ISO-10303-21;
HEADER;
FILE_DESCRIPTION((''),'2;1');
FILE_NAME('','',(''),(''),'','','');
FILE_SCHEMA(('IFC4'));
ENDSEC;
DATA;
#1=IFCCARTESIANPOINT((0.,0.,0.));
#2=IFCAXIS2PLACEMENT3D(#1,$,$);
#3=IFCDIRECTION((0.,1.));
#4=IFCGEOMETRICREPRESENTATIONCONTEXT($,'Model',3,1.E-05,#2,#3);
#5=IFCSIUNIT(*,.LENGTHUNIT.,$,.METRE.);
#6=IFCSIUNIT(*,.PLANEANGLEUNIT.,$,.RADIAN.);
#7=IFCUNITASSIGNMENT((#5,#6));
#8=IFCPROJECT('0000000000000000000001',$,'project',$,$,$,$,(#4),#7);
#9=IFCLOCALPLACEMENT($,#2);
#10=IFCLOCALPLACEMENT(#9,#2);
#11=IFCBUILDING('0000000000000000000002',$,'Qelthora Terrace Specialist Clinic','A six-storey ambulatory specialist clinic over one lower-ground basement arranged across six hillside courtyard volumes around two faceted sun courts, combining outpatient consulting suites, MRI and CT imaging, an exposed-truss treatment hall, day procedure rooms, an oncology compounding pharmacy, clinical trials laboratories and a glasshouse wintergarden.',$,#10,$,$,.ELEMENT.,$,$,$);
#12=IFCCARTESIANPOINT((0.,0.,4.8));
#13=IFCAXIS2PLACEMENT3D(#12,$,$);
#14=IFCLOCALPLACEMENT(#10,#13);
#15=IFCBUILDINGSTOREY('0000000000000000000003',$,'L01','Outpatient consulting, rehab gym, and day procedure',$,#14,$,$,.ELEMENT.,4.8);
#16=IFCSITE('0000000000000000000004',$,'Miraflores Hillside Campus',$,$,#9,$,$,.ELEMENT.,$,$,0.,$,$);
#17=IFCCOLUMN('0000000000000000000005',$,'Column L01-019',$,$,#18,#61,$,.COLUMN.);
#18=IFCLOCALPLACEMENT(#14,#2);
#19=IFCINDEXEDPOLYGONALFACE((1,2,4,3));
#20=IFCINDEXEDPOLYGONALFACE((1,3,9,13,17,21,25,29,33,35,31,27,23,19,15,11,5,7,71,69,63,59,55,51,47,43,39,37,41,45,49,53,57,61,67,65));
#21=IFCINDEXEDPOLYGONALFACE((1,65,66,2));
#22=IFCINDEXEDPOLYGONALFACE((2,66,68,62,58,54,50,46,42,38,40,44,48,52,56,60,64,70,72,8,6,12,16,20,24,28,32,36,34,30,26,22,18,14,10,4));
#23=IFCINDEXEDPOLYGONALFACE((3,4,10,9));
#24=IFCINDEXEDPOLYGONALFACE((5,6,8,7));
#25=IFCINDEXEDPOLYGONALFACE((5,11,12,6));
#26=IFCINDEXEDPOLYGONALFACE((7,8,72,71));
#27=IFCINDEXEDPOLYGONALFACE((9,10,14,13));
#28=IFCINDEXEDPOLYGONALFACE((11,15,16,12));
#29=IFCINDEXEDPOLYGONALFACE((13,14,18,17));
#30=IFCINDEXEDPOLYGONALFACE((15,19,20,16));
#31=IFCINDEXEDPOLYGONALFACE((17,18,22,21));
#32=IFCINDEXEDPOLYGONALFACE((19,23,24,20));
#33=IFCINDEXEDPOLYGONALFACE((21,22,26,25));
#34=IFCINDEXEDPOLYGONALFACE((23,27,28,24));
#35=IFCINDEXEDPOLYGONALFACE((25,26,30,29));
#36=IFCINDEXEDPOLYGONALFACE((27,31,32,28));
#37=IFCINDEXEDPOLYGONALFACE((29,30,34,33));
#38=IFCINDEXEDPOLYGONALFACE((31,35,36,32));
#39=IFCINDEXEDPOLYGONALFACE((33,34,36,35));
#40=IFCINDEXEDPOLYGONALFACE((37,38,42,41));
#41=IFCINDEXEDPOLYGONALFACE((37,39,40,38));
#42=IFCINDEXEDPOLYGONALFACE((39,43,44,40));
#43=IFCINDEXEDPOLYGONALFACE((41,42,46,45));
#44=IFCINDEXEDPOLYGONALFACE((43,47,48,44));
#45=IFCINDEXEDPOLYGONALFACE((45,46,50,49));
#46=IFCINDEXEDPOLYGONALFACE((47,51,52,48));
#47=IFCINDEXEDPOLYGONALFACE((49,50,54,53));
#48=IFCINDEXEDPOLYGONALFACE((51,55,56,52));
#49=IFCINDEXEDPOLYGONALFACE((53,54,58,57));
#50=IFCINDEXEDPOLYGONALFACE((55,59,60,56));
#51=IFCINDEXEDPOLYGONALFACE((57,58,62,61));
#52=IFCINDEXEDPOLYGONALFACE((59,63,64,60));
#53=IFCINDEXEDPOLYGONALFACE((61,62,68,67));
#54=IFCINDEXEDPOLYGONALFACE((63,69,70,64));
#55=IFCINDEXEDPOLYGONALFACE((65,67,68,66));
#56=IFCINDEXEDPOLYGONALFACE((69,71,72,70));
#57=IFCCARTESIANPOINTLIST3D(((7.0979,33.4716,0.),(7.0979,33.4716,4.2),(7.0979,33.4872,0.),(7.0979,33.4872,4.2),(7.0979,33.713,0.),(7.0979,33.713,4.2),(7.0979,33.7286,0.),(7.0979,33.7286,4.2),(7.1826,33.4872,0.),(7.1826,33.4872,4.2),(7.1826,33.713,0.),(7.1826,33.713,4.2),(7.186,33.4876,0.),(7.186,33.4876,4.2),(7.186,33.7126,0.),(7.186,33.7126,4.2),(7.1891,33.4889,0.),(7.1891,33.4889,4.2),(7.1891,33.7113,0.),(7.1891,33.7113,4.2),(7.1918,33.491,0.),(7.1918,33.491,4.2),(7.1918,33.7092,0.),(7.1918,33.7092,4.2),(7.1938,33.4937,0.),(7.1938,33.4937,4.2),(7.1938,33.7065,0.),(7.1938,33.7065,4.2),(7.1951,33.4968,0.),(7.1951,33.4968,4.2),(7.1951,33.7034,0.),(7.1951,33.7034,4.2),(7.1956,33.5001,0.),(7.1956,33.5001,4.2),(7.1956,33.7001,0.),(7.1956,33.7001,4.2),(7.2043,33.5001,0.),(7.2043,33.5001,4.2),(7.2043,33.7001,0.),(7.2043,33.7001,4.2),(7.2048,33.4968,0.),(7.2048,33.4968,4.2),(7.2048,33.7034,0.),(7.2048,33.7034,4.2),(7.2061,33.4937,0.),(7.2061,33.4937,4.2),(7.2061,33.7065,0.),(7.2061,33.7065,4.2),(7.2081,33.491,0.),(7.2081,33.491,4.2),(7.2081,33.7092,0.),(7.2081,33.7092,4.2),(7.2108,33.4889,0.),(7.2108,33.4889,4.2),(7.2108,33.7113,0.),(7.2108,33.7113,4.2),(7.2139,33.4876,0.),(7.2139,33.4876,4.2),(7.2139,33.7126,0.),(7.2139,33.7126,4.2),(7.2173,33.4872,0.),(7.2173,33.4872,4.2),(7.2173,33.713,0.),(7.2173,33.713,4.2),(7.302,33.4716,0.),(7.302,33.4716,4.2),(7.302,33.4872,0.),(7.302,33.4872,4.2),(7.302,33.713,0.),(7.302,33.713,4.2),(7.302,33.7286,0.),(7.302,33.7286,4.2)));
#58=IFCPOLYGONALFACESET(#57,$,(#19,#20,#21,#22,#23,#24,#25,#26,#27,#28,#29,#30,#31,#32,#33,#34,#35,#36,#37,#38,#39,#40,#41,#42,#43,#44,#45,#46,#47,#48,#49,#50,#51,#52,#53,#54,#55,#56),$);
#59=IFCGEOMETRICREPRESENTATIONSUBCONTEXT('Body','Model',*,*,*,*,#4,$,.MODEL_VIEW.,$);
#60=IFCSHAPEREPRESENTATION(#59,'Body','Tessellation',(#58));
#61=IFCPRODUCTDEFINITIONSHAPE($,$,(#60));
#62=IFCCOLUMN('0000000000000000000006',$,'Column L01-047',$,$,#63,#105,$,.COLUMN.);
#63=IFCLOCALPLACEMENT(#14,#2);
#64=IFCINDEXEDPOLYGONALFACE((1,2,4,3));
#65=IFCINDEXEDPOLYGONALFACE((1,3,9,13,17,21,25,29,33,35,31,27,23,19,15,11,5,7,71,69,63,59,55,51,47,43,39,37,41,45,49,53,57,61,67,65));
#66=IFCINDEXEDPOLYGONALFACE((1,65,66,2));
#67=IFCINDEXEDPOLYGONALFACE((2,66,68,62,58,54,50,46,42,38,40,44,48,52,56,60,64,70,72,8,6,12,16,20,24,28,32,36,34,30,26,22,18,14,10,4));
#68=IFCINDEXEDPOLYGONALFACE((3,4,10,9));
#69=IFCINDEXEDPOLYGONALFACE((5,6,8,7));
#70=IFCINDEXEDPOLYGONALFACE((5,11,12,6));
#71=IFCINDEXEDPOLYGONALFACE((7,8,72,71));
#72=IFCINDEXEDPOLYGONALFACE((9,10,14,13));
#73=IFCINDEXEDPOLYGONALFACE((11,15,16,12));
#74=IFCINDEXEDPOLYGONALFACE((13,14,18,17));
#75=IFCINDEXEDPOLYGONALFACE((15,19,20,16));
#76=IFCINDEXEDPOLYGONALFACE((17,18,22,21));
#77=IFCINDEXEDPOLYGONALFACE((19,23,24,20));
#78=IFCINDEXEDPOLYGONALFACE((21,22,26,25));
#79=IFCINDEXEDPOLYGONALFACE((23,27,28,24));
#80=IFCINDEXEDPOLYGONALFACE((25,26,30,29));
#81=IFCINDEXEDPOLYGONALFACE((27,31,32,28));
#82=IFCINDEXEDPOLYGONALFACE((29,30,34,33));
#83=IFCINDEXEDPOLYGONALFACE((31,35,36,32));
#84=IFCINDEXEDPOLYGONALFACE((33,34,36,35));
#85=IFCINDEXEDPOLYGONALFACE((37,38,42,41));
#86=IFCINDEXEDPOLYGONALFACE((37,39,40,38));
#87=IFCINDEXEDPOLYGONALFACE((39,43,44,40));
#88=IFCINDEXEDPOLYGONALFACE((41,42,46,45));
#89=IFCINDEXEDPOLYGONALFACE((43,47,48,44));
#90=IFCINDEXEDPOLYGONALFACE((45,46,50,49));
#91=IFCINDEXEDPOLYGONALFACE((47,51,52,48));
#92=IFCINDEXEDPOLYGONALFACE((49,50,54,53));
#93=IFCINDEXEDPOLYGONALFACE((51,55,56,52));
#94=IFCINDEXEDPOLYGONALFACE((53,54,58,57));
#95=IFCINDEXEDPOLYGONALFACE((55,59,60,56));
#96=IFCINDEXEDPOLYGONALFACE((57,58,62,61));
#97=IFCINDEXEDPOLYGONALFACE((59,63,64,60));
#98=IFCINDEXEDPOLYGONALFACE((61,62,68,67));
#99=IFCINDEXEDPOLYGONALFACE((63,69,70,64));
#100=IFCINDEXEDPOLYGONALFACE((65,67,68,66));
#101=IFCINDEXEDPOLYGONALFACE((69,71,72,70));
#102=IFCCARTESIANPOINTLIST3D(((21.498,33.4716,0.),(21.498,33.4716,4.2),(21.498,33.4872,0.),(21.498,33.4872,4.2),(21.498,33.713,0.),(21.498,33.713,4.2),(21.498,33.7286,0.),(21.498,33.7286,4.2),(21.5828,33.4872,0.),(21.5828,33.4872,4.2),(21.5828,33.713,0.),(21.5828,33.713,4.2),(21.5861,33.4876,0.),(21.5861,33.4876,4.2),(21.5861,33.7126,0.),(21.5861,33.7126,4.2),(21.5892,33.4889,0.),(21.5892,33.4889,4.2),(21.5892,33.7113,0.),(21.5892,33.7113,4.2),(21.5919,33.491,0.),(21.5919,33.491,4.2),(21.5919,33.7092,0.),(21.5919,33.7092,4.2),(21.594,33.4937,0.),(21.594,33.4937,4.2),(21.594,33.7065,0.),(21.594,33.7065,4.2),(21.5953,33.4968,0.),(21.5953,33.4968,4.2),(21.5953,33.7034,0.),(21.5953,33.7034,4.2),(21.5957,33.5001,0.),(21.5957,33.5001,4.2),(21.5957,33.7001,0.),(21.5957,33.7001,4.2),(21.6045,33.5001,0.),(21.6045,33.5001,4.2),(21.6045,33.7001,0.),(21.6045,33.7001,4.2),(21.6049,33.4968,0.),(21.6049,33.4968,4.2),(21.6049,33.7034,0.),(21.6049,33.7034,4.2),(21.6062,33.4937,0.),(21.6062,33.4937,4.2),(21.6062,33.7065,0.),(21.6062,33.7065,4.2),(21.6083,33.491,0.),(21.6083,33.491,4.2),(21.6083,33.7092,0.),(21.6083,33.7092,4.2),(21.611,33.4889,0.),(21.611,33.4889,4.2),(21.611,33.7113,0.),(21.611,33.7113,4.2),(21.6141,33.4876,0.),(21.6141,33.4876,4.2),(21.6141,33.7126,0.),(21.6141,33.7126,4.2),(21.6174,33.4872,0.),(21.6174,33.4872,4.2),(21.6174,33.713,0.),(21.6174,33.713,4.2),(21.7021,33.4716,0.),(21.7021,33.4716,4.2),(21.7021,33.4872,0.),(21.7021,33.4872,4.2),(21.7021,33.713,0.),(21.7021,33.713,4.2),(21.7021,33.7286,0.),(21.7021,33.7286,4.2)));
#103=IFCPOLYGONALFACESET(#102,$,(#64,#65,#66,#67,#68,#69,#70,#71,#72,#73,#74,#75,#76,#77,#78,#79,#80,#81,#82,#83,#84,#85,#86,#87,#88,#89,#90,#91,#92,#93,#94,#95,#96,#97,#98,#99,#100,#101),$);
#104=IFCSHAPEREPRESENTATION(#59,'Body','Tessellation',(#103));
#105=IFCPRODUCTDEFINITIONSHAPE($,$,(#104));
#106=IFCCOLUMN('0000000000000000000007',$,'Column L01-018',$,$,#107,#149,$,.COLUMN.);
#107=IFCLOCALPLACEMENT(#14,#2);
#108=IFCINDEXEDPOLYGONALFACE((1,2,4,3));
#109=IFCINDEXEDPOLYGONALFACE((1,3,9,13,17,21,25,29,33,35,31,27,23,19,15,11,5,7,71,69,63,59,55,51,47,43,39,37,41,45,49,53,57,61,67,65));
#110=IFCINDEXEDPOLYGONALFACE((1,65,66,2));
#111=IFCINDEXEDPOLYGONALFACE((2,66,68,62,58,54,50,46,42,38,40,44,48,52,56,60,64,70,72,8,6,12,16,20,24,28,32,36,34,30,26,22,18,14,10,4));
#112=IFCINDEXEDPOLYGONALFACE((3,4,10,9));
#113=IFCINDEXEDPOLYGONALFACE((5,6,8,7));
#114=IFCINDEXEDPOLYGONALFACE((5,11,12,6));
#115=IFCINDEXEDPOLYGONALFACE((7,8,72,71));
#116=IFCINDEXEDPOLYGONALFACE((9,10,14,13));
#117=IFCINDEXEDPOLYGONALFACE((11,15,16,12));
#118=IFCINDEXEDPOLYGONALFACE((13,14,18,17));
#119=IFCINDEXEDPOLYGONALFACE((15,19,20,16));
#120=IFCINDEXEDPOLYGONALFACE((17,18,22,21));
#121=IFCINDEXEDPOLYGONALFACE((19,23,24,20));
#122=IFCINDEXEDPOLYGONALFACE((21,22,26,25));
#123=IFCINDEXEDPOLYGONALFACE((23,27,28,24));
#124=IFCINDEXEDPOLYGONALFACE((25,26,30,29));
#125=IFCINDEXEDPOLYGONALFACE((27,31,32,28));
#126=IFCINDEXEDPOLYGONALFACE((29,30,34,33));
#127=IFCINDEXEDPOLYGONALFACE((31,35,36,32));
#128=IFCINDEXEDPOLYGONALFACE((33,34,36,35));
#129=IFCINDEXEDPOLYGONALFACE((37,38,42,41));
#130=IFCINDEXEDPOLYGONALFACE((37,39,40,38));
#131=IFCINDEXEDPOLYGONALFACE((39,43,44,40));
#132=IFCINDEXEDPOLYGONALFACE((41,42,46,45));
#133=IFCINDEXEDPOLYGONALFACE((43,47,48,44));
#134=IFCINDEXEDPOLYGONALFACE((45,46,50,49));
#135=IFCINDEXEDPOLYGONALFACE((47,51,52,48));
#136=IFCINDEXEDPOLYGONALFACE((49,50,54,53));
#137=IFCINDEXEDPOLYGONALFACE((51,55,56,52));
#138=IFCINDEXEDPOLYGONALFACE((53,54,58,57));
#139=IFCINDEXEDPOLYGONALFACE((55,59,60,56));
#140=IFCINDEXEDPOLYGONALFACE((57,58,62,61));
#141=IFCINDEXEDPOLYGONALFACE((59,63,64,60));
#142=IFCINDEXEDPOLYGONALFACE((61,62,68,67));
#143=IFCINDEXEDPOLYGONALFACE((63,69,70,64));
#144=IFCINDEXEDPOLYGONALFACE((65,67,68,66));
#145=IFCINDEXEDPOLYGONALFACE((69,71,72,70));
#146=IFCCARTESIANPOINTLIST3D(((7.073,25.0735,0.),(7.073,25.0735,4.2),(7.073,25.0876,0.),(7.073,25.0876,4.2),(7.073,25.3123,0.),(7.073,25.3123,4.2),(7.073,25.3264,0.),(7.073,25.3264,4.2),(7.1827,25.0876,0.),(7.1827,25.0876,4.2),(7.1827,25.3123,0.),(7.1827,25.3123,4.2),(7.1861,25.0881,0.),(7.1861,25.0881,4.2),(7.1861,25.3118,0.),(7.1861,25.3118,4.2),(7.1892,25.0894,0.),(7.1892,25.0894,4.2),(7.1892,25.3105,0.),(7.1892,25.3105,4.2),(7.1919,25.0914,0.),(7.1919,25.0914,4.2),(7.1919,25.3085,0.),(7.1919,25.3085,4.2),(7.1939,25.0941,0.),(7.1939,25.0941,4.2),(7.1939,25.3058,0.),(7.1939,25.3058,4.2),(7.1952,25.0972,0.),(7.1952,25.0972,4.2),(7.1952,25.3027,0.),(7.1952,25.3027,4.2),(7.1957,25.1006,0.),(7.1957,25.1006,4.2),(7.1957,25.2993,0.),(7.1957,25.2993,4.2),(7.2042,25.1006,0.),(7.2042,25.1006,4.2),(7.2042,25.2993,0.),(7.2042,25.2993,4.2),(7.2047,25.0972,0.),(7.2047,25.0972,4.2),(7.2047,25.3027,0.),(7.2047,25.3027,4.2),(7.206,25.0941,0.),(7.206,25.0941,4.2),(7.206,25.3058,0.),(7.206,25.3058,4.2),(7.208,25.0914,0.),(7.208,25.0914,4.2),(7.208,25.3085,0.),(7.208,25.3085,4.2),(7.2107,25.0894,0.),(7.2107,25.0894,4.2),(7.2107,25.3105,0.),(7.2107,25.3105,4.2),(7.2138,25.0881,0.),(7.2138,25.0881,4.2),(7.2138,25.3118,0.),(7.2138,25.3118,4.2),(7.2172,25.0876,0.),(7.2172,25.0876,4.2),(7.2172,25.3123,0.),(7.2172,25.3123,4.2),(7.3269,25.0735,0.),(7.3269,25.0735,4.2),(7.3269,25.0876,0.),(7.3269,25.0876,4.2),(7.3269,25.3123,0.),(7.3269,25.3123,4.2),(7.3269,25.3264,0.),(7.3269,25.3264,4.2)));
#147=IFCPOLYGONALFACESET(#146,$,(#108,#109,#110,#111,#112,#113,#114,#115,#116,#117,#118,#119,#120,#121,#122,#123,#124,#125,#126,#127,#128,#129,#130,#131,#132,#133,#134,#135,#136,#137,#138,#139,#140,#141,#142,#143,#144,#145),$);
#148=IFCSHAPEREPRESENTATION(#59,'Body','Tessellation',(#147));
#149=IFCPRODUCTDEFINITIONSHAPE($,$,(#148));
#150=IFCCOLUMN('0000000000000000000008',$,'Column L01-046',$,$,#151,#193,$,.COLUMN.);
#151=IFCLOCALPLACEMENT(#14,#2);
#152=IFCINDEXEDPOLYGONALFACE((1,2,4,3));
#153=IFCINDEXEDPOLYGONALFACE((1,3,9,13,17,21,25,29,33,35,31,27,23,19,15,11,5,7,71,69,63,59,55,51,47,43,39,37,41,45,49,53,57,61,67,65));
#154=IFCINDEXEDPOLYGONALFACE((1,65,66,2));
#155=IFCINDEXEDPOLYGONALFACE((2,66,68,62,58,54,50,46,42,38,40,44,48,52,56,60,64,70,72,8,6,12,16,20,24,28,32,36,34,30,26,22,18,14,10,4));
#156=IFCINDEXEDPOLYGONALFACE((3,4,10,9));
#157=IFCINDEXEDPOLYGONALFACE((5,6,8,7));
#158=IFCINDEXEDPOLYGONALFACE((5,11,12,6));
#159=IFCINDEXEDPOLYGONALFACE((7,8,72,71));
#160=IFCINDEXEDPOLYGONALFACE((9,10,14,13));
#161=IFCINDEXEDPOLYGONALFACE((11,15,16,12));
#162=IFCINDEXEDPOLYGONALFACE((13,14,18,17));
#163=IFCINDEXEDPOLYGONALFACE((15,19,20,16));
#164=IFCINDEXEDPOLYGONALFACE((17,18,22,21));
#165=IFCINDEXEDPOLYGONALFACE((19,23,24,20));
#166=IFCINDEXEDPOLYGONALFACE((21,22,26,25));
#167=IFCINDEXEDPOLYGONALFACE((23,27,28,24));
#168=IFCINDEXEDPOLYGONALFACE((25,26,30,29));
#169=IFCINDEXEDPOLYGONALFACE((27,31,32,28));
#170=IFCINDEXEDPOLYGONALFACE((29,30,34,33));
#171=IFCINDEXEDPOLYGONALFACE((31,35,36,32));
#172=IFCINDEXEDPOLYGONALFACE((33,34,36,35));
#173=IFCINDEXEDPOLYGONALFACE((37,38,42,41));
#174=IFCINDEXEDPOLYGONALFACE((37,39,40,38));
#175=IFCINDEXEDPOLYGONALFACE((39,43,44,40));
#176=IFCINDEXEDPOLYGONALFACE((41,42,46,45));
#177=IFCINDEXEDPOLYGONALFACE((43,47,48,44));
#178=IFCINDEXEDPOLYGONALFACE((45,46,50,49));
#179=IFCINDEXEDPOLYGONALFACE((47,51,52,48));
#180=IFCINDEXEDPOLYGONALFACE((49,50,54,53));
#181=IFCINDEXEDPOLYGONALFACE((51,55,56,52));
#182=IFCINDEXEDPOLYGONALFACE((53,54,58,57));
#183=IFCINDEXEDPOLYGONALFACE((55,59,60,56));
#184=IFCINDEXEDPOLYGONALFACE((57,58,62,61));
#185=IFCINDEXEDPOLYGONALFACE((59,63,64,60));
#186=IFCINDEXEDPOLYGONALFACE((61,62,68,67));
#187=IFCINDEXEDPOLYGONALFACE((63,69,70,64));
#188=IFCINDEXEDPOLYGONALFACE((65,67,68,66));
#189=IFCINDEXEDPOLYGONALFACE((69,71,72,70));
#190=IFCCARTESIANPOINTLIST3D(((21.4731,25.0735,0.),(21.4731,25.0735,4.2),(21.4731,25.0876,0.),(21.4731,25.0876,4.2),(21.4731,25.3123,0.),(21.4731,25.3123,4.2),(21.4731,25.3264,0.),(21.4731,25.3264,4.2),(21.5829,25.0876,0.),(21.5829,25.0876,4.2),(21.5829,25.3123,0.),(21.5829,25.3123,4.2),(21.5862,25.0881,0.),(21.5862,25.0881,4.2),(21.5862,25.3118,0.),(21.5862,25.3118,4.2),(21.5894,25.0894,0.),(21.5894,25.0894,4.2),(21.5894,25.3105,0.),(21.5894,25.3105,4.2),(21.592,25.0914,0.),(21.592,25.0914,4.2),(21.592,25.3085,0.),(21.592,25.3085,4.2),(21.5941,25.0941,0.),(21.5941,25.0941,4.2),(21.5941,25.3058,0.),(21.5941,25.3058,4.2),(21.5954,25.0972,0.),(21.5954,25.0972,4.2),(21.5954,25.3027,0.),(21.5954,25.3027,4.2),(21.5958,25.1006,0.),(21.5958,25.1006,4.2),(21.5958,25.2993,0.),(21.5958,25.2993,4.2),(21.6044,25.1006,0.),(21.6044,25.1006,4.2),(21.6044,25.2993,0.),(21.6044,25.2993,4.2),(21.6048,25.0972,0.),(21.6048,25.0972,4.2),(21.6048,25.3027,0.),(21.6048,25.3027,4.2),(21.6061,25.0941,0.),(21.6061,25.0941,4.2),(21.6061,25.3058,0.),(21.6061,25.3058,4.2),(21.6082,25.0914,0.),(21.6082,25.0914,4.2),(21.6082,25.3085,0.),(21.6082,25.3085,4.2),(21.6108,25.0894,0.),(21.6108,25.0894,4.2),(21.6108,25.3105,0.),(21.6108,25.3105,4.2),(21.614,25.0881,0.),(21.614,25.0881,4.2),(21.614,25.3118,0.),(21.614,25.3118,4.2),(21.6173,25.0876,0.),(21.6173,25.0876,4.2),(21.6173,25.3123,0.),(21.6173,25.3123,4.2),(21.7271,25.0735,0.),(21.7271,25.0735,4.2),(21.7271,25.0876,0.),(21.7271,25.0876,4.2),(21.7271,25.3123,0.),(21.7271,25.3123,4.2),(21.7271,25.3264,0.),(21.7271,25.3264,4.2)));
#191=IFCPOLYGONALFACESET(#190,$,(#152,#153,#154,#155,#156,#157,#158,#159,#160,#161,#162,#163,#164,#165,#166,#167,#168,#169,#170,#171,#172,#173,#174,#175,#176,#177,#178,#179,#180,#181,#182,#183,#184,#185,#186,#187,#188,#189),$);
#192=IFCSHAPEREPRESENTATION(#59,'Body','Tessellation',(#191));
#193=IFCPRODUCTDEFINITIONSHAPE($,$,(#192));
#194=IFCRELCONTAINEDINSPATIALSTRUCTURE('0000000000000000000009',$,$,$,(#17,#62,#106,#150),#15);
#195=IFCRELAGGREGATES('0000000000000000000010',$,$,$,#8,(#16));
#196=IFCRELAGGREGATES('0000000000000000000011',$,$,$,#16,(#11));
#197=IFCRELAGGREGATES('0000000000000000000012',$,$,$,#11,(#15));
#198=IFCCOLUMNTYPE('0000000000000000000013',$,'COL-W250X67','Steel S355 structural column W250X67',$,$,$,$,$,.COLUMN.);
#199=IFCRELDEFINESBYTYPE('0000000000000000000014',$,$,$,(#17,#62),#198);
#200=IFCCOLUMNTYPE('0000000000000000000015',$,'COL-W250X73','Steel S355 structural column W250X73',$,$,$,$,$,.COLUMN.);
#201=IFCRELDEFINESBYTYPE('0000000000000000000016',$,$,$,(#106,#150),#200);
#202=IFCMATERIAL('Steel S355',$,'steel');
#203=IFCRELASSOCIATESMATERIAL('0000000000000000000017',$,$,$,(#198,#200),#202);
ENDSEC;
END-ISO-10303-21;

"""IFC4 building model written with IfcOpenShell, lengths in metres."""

from ifc_helpers import new_model, si_unit, direction, frame, origin, origin_2d, place, context, subcontext, project, spatial, i_section, extrude, material, material_profile, profile_set, type_object, element, save


model = new_model("IFC4")

# Units and contexts
model_context = context("Model", 3, precision=1e-05, world=origin(), true_north=direction((0.0, 1.0)))
body_context = subcontext(model_context, "Body", "Model", "MODEL_VIEW")
ifc_project = project(units=[si_unit("LENGTHUNIT", "METRE"), si_unit("PLANEANGLEUNIT", "RADIAN")], contexts=[model_context])

# Site, building, storey
site_placement = place(None, origin())
site = spatial("IfcSite", under=ifc_project, at=site_placement, Name="Miraflores Hillside Campus", CompositionType="ELEMENT", RefElevation=0.0)
building_placement = place(site_placement, origin())
building = spatial("IfcBuilding", under=site, at=building_placement, Name="Qelthora Terrace Specialist Clinic", Description="A six-storey ambulatory specialist clinic over one lower-ground basement arranged across six hillside courtyard volumes around two faceted sun courts, combining outpatient consulting suites, MRI and CT imaging, an exposed-truss treatment hall, day procedure rooms, an oncology compounding pharmacy, clinical trials laboratories and a glasshouse wintergarden.", CompositionType="ELEMENT")
storey_placement = place(building_placement, frame((0.0, 0.0, 4.8)))
storey = spatial("IfcBuildingStorey", under=building, at=storey_placement, Name="L01", Description="Outpatient consulting, rehab gym, and day procedure", CompositionType="ELEMENT", Elevation=4.8)

# Columns
ifc_material_1 = material(Name="Steel S355", Category="steel")
ifc_material_profile_1 = material_profile(ifc_material_1, i_section(OverallWidth=0.2041, OverallDepth=0.2571, WebThickness=0.0088, FlangeThickness=0.0156, FilletRadius=0.0129, at=origin_2d()), Name="W250X67")
ifc_profile_set_1 = profile_set([ifc_material_profile_1], Name="Steel S355")
column_type_1 = type_object("IfcColumnType", Name="COL-W250X67", Description="Steel S355 structural column W250X67", PredefinedType="COLUMN", material=ifc_profile_set_1)
for number, where, z_axis, x_axis, name in (
    (1, (7.2, 33.6001, 0.0), (0.0, 0.0, 1.0), (1.0, 0.0, 0.0), "Column L01-019"),
    (2, (21.6001, 33.6001, 0.0), (0.0, 0.0, 1.0), (1.0, 0.0, 0.0), "Column L01-047"),
):
    element("IfcColumn", number, at=place(storey_placement, frame(where, z_axis=z_axis, x_axis=x_axis)), inside=storey, type_object=column_type_1, Name=name, PredefinedType="COLUMN", context=body_context, shape_type="SweptSolid", body=[
        extrude(i_section(OverallWidth=0.2041, OverallDepth=0.2571, WebThickness=0.0088, FlangeThickness=0.0156, FilletRadius=0.0129, at=origin_2d()), origin(), (0.0, 0.0, 1.0), 4.2),
    ])
ifc_material_profile_2 = material_profile(ifc_material_1, i_section(OverallWidth=0.2539, OverallDepth=0.2529, WebThickness=0.0085, FlangeThickness=0.0142, FilletRadius=0.0129, at=origin_2d()), Name="W250X73")
ifc_profile_set_2 = profile_set([ifc_material_profile_2], Name="Steel S355")
column_type_2 = type_object("IfcColumnType", Name="COL-W250X73", Description="Steel S355 structural column W250X73", PredefinedType="COLUMN", material=ifc_profile_set_2)
for number, where, z_axis, x_axis, name in (
    (3, (7.2, 25.2, 0.0), (0.0, 0.0, 1.0), (1.0, 0.0, 0.0), "Column L01-018"),
    (4, (21.6001, 25.2, 0.0), (0.0, 0.0, 1.0), (1.0, 0.0, 0.0), "Column L01-046"),
):
    element("IfcColumn", number, at=place(storey_placement, frame(where, z_axis=z_axis, x_axis=x_axis)), inside=storey, type_object=column_type_2, Name=name, PredefinedType="COLUMN", context=body_context, shape_type="SweptSolid", body=[
        extrude(i_section(OverallWidth=0.2539, OverallDepth=0.2529, WebThickness=0.0085, FlangeThickness=0.0142, FilletRadius=0.0129, at=origin_2d()), origin(), (0.0, 0.0, 1.0), 4.2),
    ])

save(model, "model.ifc")
